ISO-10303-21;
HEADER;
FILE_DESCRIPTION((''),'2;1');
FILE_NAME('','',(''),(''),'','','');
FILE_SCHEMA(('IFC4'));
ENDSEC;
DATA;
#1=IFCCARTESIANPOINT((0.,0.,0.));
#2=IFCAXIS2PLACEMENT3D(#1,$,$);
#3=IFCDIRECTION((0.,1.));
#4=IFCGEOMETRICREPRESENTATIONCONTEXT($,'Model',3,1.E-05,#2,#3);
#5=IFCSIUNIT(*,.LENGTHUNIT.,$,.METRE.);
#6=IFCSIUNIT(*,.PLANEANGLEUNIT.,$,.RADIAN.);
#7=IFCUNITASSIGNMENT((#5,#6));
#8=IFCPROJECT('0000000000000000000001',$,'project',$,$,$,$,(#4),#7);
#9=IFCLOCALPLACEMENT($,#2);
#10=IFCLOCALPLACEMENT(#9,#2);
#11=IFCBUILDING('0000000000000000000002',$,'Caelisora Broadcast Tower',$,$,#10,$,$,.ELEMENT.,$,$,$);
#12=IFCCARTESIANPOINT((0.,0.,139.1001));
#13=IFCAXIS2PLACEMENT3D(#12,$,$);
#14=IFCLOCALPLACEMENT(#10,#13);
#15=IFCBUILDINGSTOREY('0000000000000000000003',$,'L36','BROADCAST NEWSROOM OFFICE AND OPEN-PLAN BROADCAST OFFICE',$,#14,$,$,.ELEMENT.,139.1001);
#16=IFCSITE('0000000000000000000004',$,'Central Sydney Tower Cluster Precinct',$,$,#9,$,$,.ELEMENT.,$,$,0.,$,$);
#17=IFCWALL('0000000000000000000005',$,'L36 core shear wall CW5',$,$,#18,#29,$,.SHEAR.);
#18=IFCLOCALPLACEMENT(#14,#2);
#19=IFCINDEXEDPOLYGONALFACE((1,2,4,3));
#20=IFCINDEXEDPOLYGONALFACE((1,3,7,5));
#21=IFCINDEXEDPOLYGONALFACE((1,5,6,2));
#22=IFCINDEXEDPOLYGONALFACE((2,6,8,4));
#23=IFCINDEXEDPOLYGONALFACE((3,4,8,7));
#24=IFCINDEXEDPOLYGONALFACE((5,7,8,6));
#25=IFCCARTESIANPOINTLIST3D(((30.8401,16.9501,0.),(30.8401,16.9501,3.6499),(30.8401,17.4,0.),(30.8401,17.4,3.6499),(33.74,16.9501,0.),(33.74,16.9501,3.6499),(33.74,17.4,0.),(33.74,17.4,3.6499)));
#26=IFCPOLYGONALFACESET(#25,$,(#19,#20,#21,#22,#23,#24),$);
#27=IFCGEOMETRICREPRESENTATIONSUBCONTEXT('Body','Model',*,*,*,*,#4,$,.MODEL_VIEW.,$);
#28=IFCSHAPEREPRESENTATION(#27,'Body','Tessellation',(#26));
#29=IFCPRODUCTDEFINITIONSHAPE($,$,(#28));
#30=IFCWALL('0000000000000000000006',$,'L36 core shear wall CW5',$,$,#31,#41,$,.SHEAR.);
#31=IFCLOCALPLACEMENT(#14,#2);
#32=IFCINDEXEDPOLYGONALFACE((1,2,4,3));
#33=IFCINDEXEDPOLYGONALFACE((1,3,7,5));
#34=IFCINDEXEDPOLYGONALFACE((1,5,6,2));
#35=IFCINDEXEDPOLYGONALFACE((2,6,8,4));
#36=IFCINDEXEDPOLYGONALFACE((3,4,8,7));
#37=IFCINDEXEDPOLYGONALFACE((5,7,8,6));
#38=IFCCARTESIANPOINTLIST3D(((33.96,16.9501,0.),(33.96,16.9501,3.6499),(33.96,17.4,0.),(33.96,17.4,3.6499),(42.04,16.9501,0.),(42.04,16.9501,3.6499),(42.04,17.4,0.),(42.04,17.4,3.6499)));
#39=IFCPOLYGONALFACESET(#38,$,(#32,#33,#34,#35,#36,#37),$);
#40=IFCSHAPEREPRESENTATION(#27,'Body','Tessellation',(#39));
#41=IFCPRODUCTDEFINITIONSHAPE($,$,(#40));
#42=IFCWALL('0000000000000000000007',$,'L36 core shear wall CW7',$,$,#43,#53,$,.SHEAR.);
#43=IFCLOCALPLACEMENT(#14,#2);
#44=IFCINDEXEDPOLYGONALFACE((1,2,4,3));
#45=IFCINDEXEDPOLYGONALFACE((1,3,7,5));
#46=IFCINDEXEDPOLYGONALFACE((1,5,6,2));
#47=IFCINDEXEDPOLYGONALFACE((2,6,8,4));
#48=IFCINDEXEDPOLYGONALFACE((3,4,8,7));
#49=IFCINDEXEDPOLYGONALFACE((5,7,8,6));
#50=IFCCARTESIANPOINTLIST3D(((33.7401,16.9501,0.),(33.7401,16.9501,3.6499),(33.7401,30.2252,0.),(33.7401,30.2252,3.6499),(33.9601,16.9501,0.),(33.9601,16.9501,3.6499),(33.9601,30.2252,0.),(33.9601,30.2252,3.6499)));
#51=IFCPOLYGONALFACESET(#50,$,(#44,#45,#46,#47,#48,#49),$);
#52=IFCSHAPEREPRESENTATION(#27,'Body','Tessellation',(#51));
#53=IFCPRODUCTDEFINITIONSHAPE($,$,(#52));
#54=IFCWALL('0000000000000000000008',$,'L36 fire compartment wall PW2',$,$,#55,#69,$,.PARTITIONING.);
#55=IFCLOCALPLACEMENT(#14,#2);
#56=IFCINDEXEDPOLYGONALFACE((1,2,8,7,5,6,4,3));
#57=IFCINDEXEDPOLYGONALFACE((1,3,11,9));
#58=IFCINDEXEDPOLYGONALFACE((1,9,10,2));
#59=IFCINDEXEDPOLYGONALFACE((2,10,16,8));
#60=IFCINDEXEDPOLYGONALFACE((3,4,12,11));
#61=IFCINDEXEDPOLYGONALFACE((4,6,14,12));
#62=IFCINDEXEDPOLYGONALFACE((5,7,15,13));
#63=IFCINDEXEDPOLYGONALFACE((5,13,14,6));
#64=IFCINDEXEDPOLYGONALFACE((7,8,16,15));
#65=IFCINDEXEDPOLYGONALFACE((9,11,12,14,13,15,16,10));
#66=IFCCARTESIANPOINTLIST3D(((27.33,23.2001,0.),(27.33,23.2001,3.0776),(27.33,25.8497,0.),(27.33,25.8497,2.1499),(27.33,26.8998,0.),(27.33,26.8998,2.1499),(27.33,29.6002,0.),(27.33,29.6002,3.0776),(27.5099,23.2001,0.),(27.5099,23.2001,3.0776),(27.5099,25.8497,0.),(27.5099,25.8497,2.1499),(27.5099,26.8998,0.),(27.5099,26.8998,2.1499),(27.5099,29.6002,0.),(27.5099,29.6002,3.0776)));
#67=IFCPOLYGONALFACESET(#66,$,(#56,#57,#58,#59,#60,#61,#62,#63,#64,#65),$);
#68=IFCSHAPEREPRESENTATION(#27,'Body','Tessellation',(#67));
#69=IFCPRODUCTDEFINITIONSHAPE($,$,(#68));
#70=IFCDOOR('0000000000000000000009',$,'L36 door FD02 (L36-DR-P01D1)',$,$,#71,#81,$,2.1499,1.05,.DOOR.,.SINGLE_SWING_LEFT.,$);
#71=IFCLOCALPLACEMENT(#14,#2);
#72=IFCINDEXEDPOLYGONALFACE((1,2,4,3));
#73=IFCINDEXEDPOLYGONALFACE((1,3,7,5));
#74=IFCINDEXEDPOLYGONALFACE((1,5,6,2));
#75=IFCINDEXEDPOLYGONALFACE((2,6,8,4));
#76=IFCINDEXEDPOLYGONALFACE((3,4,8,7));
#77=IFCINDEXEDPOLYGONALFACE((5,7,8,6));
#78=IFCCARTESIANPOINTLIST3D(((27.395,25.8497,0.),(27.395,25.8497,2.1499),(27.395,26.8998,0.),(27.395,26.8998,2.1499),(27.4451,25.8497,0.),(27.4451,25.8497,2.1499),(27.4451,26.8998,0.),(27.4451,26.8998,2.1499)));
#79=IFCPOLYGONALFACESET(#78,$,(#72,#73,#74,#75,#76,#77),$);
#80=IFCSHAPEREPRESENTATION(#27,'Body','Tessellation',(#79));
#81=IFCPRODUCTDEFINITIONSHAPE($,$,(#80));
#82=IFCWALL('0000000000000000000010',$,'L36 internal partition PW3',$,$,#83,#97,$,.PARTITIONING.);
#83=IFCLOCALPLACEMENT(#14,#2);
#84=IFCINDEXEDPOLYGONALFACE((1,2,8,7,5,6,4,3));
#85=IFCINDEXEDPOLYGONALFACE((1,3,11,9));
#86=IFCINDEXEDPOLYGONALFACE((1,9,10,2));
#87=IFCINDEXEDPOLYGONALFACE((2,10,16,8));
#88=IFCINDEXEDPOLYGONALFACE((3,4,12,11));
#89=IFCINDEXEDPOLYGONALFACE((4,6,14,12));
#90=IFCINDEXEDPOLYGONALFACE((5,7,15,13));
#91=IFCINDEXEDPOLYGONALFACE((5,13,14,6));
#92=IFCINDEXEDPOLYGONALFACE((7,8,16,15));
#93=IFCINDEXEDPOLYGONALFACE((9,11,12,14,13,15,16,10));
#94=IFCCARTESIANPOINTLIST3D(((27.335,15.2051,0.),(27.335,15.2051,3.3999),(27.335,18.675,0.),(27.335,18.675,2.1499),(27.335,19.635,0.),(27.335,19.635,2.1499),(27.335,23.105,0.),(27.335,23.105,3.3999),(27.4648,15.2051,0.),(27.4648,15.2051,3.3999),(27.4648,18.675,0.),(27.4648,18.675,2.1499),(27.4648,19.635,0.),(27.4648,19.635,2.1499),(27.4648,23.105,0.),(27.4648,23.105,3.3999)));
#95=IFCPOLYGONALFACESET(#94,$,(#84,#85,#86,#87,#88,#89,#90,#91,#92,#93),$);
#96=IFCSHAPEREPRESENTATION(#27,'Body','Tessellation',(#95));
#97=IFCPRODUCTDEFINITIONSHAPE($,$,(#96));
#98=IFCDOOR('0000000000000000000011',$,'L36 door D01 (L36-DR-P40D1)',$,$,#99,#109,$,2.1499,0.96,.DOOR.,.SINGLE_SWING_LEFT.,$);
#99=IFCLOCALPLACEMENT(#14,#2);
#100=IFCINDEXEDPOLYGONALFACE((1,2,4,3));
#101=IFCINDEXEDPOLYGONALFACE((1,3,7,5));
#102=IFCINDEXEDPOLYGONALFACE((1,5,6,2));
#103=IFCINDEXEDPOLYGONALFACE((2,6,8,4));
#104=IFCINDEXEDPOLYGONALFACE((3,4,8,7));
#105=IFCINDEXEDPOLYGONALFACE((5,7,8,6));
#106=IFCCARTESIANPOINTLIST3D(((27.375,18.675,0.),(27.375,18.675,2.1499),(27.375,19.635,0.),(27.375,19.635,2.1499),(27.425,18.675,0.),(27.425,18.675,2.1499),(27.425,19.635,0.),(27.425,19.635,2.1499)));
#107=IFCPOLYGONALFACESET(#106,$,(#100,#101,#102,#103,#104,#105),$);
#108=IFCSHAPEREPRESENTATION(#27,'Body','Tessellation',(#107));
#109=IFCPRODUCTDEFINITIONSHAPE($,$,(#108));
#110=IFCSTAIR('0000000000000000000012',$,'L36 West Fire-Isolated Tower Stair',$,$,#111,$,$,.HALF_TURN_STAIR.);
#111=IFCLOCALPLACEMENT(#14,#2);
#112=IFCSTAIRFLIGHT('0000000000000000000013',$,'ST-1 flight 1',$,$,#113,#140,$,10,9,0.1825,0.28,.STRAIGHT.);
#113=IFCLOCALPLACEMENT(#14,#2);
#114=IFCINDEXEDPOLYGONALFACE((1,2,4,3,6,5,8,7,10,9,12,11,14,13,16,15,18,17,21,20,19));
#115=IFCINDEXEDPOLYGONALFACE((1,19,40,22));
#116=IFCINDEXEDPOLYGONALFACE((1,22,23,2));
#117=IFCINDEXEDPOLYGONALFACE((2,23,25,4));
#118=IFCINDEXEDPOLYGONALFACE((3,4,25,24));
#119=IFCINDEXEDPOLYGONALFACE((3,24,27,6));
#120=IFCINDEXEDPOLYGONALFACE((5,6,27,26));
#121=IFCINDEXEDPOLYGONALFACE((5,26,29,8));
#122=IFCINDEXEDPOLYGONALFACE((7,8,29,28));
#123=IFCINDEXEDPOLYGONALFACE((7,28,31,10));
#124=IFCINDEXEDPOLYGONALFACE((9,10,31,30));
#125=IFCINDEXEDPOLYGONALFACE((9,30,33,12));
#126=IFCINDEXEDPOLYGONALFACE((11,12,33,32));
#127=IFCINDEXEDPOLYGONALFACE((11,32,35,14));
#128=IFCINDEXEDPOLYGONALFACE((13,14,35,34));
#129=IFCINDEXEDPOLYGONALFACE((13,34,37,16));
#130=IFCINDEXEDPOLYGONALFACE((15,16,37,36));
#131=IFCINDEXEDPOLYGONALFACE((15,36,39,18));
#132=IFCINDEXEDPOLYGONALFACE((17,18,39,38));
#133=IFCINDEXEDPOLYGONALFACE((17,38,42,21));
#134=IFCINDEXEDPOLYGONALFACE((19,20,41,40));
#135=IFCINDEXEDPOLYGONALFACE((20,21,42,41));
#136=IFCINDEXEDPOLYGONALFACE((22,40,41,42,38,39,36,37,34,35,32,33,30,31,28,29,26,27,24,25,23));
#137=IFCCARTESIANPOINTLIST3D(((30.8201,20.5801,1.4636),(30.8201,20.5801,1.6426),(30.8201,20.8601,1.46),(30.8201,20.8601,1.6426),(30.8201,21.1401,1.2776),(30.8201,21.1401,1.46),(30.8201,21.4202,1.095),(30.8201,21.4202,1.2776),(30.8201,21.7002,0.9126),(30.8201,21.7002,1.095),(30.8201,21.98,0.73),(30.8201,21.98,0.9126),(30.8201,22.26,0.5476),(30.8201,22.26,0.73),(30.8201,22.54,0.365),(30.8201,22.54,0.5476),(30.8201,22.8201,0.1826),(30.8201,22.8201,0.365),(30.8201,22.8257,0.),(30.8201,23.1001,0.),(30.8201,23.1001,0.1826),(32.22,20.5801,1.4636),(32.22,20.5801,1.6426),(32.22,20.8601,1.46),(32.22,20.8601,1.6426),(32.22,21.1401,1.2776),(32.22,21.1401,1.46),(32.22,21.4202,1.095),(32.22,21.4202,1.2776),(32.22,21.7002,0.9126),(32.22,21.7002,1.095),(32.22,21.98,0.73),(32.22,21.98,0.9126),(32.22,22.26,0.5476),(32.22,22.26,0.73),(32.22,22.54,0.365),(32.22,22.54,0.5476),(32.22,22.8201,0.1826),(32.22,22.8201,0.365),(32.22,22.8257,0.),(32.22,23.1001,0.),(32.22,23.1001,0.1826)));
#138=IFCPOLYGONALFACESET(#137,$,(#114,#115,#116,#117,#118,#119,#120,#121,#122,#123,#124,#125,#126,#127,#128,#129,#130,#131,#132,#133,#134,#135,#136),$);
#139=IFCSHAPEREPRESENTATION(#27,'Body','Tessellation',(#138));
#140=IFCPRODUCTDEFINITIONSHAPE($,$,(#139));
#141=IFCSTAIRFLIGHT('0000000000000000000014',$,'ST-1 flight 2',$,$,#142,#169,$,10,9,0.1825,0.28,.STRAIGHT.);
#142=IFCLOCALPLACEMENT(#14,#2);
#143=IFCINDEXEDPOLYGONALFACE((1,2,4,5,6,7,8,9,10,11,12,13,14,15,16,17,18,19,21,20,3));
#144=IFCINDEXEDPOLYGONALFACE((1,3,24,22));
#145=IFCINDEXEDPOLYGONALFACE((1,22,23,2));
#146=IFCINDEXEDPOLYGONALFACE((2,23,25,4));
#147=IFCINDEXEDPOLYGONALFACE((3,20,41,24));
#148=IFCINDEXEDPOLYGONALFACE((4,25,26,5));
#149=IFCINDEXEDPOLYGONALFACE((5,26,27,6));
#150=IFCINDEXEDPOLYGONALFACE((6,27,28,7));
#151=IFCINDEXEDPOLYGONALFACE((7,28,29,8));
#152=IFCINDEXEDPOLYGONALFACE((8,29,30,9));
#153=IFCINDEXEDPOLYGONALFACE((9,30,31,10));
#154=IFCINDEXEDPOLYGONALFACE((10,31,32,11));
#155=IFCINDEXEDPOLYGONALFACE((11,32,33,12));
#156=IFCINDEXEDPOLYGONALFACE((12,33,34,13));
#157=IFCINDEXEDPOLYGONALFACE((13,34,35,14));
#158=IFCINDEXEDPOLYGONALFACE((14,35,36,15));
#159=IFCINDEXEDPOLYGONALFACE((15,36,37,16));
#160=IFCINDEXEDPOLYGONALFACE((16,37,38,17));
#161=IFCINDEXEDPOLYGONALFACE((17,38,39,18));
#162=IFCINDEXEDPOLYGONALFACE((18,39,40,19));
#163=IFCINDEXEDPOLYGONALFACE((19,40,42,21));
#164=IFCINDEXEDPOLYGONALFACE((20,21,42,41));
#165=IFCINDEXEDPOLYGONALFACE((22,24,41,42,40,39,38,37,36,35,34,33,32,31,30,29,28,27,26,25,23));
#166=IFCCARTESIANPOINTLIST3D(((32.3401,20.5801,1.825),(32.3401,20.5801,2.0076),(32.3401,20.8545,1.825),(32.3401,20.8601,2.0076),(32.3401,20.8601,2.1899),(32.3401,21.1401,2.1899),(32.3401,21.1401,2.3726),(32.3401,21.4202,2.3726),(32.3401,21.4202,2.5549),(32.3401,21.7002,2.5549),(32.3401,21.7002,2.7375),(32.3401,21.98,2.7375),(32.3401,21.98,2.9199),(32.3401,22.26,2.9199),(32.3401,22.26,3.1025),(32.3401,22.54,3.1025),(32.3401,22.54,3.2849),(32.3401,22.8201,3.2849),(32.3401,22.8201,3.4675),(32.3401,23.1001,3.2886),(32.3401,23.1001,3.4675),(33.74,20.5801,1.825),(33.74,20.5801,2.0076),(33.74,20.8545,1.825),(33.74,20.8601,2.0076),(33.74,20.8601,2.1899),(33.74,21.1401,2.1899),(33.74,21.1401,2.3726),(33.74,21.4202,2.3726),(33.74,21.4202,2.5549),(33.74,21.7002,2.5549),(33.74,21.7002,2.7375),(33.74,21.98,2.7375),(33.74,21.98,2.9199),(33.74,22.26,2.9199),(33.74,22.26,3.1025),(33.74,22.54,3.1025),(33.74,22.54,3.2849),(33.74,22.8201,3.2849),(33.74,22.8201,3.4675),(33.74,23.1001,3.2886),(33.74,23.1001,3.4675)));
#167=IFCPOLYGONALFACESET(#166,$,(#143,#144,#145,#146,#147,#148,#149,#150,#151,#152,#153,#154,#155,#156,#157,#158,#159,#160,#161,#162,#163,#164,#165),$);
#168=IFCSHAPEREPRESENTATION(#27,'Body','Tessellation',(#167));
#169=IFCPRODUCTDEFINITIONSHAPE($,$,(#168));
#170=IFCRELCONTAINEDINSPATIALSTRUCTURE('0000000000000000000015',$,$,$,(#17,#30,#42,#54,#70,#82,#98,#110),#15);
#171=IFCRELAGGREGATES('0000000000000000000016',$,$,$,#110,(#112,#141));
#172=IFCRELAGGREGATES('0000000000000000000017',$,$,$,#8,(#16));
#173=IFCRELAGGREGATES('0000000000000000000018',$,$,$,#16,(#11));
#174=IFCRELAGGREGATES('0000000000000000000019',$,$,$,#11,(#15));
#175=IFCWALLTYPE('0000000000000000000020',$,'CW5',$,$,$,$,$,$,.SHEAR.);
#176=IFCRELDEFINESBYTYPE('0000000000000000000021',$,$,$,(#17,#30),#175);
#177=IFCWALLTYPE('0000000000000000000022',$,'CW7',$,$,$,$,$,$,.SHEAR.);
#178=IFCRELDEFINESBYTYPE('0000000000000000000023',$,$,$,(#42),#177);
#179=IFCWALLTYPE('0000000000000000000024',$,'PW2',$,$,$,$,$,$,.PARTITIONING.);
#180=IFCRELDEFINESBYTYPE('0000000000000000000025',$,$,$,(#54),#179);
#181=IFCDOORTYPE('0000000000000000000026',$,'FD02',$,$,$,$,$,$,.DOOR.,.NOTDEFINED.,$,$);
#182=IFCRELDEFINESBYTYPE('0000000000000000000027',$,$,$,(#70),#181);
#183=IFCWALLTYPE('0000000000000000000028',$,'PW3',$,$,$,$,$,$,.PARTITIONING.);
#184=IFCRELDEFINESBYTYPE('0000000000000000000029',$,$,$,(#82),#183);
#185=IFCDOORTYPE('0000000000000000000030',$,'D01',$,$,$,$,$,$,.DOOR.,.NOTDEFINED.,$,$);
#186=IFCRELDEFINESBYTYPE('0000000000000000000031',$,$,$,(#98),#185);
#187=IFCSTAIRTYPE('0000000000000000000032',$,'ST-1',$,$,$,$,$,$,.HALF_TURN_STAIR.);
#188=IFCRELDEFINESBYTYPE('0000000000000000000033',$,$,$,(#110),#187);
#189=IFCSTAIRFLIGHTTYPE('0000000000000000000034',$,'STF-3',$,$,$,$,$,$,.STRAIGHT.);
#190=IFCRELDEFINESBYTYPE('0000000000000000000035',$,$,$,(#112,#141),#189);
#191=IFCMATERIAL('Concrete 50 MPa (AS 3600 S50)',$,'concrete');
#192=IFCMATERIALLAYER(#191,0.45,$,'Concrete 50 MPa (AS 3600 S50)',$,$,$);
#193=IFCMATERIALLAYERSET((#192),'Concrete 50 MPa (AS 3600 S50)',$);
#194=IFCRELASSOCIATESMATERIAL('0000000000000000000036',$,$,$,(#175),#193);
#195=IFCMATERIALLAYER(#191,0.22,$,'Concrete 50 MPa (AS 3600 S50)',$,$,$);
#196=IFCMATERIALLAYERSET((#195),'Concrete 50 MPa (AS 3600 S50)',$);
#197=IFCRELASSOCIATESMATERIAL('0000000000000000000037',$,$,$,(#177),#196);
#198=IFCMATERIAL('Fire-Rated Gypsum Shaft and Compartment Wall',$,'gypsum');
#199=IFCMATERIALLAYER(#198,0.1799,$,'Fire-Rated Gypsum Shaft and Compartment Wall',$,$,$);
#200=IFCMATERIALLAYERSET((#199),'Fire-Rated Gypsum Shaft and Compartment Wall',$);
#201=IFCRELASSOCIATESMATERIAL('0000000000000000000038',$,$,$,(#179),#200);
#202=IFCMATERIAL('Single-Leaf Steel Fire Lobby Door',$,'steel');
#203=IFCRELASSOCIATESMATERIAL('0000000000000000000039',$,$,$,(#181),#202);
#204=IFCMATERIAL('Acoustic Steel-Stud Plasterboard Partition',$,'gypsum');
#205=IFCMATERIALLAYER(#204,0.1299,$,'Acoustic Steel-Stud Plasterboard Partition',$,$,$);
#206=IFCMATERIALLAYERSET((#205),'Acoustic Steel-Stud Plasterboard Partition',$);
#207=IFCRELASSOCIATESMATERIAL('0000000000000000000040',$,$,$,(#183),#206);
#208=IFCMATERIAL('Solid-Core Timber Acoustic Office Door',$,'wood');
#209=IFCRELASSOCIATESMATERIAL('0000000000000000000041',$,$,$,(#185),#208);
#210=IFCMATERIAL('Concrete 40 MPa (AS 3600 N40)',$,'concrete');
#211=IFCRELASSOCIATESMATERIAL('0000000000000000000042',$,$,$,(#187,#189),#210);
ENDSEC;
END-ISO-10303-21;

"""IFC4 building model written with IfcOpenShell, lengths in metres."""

from ifc_helpers import new_model, si_unit, direction, frame, frame_2d, origin, place, context, subcontext, project, spatial, polyline, rectangle, outline, extrude, material, layer, layer_set, type_object, element, fill, aggregate, save


model = new_model("IFC4")

# Units and contexts
model_context = context("Model", 3, precision=1e-05, world=origin(), true_north=direction((0.0, 1.0)))
body_context = subcontext(model_context, "Body", "Model", "MODEL_VIEW")
ifc_project = project(units=[si_unit("LENGTHUNIT", "METRE"), si_unit("PLANEANGLEUNIT", "RADIAN")], contexts=[model_context])

# Site, building, storey
site_placement = place(None, origin())
site = spatial("IfcSite", under=ifc_project, at=site_placement, Name="Central Sydney Tower Cluster Precinct", CompositionType="ELEMENT", RefElevation=0.0)
building_placement = place(site_placement, origin())
building = spatial("IfcBuilding", under=site, at=building_placement, Name="Caelisora Broadcast Tower", CompositionType="ELEMENT")
storey_placement = place(building_placement, frame((0.0, 0.0, 139.1001)))
storey = spatial("IfcBuildingStorey", under=building, at=storey_placement, Name="L36", Description="BROADCAST NEWSROOM OFFICE AND OPEN-PLAN BROADCAST OFFICE", CompositionType="ELEMENT", Elevation=139.1001)

# Shared definitions
ifc_material_1 = material(Name="Concrete 50 MPa (AS 3600 S50)", Category="concrete")

# Walls
ifc_layer_1 = layer(ifc_material_1, 0.45, Name="Concrete 50 MPa (AS 3600 S50)")
ifc_layer_set_1 = layer_set([ifc_layer_1], Name="Concrete 50 MPa (AS 3600 S50)")
wall_type_1 = type_object("IfcWallType", Name="CW5", PredefinedType="SHEAR", material=ifc_layer_set_1)
wall_1_placement = place(storey_placement, frame((30.8401, 17.175, 0.0), z_axis=(0.0, 0.0, 1.0), x_axis=(1.0, 0.0, 0.0)))
element("IfcWall", 1, at=wall_1_placement, inside=storey, type_object=wall_type_1, Name="L36 core shear wall CW5", PredefinedType="SHEAR", context=body_context, shape_type="SweptSolid", body=[
    extrude(rectangle(XDim=2.8999, YDim=0.45, at=frame_2d((1.45, 0.0))), origin(), (0.0, 0.0, 1.0), 3.6499),
])
wall_2_placement = place(storey_placement, frame((33.96, 17.175, 0.0), z_axis=(0.0, 0.0, 1.0), x_axis=(1.0, 0.0, 0.0)))
element("IfcWall", 2, at=wall_2_placement, inside=storey, type_object=wall_type_1, Name="L36 core shear wall CW5", PredefinedType="SHEAR", context=body_context, shape_type="SweptSolid", body=[
    extrude(rectangle(XDim=8.0801, YDim=0.45, at=frame_2d((4.04, 0.0))), origin(), (0.0, 0.0, 1.0), 3.6499),
])
ifc_layer_2 = layer(ifc_material_1, 0.22, Name="Concrete 50 MPa (AS 3600 S50)")
ifc_layer_set_2 = layer_set([ifc_layer_2], Name="Concrete 50 MPa (AS 3600 S50)")
wall_type_2 = type_object("IfcWallType", Name="CW7", PredefinedType="SHEAR", material=ifc_layer_set_2)
wall_3_placement = place(storey_placement, frame((33.8501, 16.95, 0.0), z_axis=(0.0, 0.0, 1.0), x_axis=(0.0, 1.0, 0.0)))
element("IfcWall", 3, at=wall_3_placement, inside=storey, type_object=wall_type_2, Name="L36 core shear wall CW7", PredefinedType="SHEAR", context=body_context, shape_type="SweptSolid", body=[
    extrude(rectangle(XDim=13.2751, YDim=0.22, at=frame_2d((6.6377, 0.0))), origin(), (0.0, 0.0, 1.0), 3.6499),
])

# Walls, openings, doors
ifc_material_2 = material(Name="Fire-Rated Gypsum Shaft and Compartment Wall", Category="gypsum")
ifc_layer_3 = layer(ifc_material_2, 0.1799, Name="Fire-Rated Gypsum Shaft and Compartment Wall")
ifc_layer_set_3 = layer_set([ifc_layer_3], Name="Fire-Rated Gypsum Shaft and Compartment Wall")
wall_type_3 = type_object("IfcWallType", Name="PW2", PredefinedType="PARTITIONING", material=ifc_layer_set_3)
wall_4_placement = place(storey_placement, frame((27.4199, 23.2, 0.0), z_axis=(0.0, 0.0, 1.0), x_axis=(0.0, 1.0, 0.0)))
wall_4 = element("IfcWall", 4, at=wall_4_placement, inside=storey, type_object=wall_type_3, Name="L36 fire compartment wall PW2", PredefinedType="PARTITIONING", context=body_context, shape_type="SweptSolid", body=[
    extrude(rectangle(XDim=6.4001, YDim=0.1799, at=frame_2d((3.2002, 0.0))), origin(), (0.0, 0.0, 1.0), 3.0776),
])
opening_1_placement = place(wall_4_placement, frame((2.6499, 0.0, 0.0)))
opening_1 = element("IfcOpeningElement", 5, at=opening_1_placement, cuts=wall_4, PredefinedType="OPENING", context=body_context, shape_type="SweptSolid", body=[
    extrude(rectangle(XDim=1.05, YDim=2.1499, at=frame_2d((0.5249, 1.075))), frame((0.0, 0.1021, 0.0), z_axis=(0.0, -1.0, 0.0), x_axis=(1.0, 0.0, 0.0)), (0.0, 0.0, 1.0), 0.2039),
])
ifc_material_3 = material(Name="Single-Leaf Steel Fire Lobby Door", Category="steel")
door_type_1 = type_object("IfcDoorType", Name="FD02", OperationType="NOTDEFINED", PredefinedType="DOOR", material=ifc_material_3)
door_1_placement = place(opening_1_placement, origin())
door_1 = element("IfcDoor", 6, at=door_1_placement, inside=storey, type_object=door_type_1, Name="L36 door FD02 (L36-DR-P01D1)", OperationType="SINGLE_SWING_LEFT", OverallHeight=2.1499, OverallWidth=1.05, PredefinedType="DOOR", context=body_context, shape_type="SweptSolid", body=[
    extrude(rectangle(XDim=1.05, YDim=2.1499, at=frame_2d((0.5249, 1.075))), frame((0.0, 0.0249, 0.0), z_axis=(0.0, -1.0, 0.0), x_axis=(1.0, 0.0, 0.0)), (0.0, 0.0, 1.0), 0.05),
])
fill(opening_1, door_1)
ifc_material_4 = material(Name="Acoustic Steel-Stud Plasterboard Partition", Category="gypsum")
ifc_layer_4 = layer(ifc_material_4, 0.1299, Name="Acoustic Steel-Stud Plasterboard Partition")
ifc_layer_set_4 = layer_set([ifc_layer_4], Name="Acoustic Steel-Stud Plasterboard Partition")
wall_type_4 = type_object("IfcWallType", Name="PW3", PredefinedType="PARTITIONING", material=ifc_layer_set_4)
wall_5_placement = place(storey_placement, frame((27.3999, 15.2051, 0.0), z_axis=(0.0, 0.0, 1.0), x_axis=(0.0, 1.0, 0.0)))
wall_5 = element("IfcWall", 7, at=wall_5_placement, inside=storey, type_object=wall_type_4, Name="L36 internal partition PW3", PredefinedType="PARTITIONING", context=body_context, shape_type="SweptSolid", body=[
    extrude(rectangle(XDim=7.8999, YDim=0.1299, at=frame_2d((3.95, 0.0))), origin(), (0.0, 0.0, 1.0), 3.3999),
])
opening_2_placement = place(wall_5_placement, frame((3.47, 0.0, 0.0)))
opening_2 = element("IfcOpeningElement", 8, at=opening_2_placement, cuts=wall_5, PredefinedType="OPENING", context=body_context, shape_type="SweptSolid", body=[
    extrude(rectangle(XDim=0.96, YDim=2.1499, at=frame_2d((0.48, 1.075))), frame((0.0, 0.0769, 0.0), z_axis=(0.0, -1.0, 0.0), x_axis=(1.0, 0.0, 0.0)), (0.0, 0.0, 1.0), 0.1538),
])
ifc_material_5 = material(Name="Solid-Core Timber Acoustic Office Door", Category="wood")
door_type_2 = type_object("IfcDoorType", Name="D01", OperationType="NOTDEFINED", PredefinedType="DOOR", material=ifc_material_5)
door_2_placement = place(opening_2_placement, origin())
door_2 = element("IfcDoor", 9, at=door_2_placement, inside=storey, type_object=door_type_2, Name="L36 door D01 (L36-DR-P40D1)", OperationType="SINGLE_SWING_LEFT", OverallHeight=2.1499, OverallWidth=0.96, PredefinedType="DOOR", context=body_context, shape_type="SweptSolid", body=[
    extrude(rectangle(XDim=0.96, YDim=2.1499, at=frame_2d((0.48, 1.075))), frame((0.0, 0.0249, 0.0), z_axis=(0.0, -1.0, 0.0), x_axis=(1.0, 0.0, 0.0)), (0.0, 0.0, 1.0), 0.05),
])
fill(opening_2, door_2)

# Stair, stair flights
ifc_material_6 = material(Name="Concrete 40 MPa (AS 3600 N40)", Category="concrete")
stair_type = type_object("IfcStairType", Name="ST-1", PredefinedType="HALF_TURN_STAIR", material=ifc_material_6)
stair_placement = place(storey_placement, origin())
stair = element("IfcStair", 10, at=stair_placement, inside=storey, type_object=stair_type, Name="L36 West Fire-Isolated Tower Stair", PredefinedType="HALF_TURN_STAIR")
stair_flight_type = type_object("IfcStairFlightType", Name="STF-3", PredefinedType="STRAIGHT", material=ifc_material_6)
stair_flight_1_placement = place(storey_placement, frame((31.52, 23.1001, 0.0), z_axis=(0.0, 0.0, 1.0), x_axis=(0.0, -1.0, 0.0)))
stair_flight_1 = element("IfcStairFlight", 11, at=stair_flight_1_placement, type_object=stair_flight_type, Name="ST-1 flight 1", NumberOfRisers=10, NumberOfTreads=9, PredefinedType="STRAIGHT", RiserHeight=0.1825, TreadLength=0.28, context=body_context, shape_type="SweptSolid", body=[
    extrude(outline(polyline([(0.0, 0.0), (0.0, 0.1826), (0.28, 0.1826), (0.28, 0.365), (0.5601, 0.365), (0.5601, 0.5476), (0.8401, 0.5476), (0.8401, 0.73), (1.1201, 0.73), (1.1201, 0.9126), (1.3999, 0.9126), (1.3999, 1.095), (1.6799, 1.095), (1.6799, 1.2776), (1.96, 1.2776), (1.96, 1.46), (2.24, 1.46), (2.24, 1.6426), (2.52, 1.6426), (2.52, 1.825), (2.52, 1.4636), (0.2744, 0.0), (0.0, 0.0)])), frame((0.0, 0.7, 0.0), z_axis=(0.0, -1.0, 0.0), x_axis=(1.0, 0.0, 0.0)), (0.0, 0.0, 1.0), 1.3999),
])
stair_flight_2_placement = place(storey_placement, frame((33.04, 20.5801, 1.825), z_axis=(0.0, 0.0, 1.0), x_axis=(0.0, 1.0, 0.0)))
stair_flight_2 = element("IfcStairFlight", 12, at=stair_flight_2_placement, type_object=stair_flight_type, Name="ST-1 flight 2", NumberOfRisers=10, NumberOfTreads=9, PredefinedType="STRAIGHT", RiserHeight=0.1825, TreadLength=0.28, context=body_context, shape_type="SweptSolid", body=[
    extrude(outline(polyline([(0.0, 0.0), (0.0, 0.1826), (0.28, 0.1826), (0.28, 0.365), (0.5601, 0.365), (0.5601, 0.5476), (0.8401, 0.5476), (0.8401, 0.73), (1.1201, 0.73), (1.1201, 0.9126), (1.3999, 0.9126), (1.3999, 1.095), (1.6799, 1.095), (1.6799, 1.2776), (1.96, 1.2776), (1.96, 1.46), (2.24, 1.46), (2.24, 1.6426), (2.52, 1.6426), (2.52, 1.825), (2.52, 1.4636), (0.2744, 0.0), (0.0, 0.0)])), frame((0.0, 0.7, 0.0), z_axis=(0.0, -1.0, 0.0), x_axis=(1.0, 0.0, 0.0)), (0.0, 0.0, 1.0), 1.3999),
])
aggregate(stair, [stair_flight_1, stair_flight_2])

save(model, "model.ifc")
